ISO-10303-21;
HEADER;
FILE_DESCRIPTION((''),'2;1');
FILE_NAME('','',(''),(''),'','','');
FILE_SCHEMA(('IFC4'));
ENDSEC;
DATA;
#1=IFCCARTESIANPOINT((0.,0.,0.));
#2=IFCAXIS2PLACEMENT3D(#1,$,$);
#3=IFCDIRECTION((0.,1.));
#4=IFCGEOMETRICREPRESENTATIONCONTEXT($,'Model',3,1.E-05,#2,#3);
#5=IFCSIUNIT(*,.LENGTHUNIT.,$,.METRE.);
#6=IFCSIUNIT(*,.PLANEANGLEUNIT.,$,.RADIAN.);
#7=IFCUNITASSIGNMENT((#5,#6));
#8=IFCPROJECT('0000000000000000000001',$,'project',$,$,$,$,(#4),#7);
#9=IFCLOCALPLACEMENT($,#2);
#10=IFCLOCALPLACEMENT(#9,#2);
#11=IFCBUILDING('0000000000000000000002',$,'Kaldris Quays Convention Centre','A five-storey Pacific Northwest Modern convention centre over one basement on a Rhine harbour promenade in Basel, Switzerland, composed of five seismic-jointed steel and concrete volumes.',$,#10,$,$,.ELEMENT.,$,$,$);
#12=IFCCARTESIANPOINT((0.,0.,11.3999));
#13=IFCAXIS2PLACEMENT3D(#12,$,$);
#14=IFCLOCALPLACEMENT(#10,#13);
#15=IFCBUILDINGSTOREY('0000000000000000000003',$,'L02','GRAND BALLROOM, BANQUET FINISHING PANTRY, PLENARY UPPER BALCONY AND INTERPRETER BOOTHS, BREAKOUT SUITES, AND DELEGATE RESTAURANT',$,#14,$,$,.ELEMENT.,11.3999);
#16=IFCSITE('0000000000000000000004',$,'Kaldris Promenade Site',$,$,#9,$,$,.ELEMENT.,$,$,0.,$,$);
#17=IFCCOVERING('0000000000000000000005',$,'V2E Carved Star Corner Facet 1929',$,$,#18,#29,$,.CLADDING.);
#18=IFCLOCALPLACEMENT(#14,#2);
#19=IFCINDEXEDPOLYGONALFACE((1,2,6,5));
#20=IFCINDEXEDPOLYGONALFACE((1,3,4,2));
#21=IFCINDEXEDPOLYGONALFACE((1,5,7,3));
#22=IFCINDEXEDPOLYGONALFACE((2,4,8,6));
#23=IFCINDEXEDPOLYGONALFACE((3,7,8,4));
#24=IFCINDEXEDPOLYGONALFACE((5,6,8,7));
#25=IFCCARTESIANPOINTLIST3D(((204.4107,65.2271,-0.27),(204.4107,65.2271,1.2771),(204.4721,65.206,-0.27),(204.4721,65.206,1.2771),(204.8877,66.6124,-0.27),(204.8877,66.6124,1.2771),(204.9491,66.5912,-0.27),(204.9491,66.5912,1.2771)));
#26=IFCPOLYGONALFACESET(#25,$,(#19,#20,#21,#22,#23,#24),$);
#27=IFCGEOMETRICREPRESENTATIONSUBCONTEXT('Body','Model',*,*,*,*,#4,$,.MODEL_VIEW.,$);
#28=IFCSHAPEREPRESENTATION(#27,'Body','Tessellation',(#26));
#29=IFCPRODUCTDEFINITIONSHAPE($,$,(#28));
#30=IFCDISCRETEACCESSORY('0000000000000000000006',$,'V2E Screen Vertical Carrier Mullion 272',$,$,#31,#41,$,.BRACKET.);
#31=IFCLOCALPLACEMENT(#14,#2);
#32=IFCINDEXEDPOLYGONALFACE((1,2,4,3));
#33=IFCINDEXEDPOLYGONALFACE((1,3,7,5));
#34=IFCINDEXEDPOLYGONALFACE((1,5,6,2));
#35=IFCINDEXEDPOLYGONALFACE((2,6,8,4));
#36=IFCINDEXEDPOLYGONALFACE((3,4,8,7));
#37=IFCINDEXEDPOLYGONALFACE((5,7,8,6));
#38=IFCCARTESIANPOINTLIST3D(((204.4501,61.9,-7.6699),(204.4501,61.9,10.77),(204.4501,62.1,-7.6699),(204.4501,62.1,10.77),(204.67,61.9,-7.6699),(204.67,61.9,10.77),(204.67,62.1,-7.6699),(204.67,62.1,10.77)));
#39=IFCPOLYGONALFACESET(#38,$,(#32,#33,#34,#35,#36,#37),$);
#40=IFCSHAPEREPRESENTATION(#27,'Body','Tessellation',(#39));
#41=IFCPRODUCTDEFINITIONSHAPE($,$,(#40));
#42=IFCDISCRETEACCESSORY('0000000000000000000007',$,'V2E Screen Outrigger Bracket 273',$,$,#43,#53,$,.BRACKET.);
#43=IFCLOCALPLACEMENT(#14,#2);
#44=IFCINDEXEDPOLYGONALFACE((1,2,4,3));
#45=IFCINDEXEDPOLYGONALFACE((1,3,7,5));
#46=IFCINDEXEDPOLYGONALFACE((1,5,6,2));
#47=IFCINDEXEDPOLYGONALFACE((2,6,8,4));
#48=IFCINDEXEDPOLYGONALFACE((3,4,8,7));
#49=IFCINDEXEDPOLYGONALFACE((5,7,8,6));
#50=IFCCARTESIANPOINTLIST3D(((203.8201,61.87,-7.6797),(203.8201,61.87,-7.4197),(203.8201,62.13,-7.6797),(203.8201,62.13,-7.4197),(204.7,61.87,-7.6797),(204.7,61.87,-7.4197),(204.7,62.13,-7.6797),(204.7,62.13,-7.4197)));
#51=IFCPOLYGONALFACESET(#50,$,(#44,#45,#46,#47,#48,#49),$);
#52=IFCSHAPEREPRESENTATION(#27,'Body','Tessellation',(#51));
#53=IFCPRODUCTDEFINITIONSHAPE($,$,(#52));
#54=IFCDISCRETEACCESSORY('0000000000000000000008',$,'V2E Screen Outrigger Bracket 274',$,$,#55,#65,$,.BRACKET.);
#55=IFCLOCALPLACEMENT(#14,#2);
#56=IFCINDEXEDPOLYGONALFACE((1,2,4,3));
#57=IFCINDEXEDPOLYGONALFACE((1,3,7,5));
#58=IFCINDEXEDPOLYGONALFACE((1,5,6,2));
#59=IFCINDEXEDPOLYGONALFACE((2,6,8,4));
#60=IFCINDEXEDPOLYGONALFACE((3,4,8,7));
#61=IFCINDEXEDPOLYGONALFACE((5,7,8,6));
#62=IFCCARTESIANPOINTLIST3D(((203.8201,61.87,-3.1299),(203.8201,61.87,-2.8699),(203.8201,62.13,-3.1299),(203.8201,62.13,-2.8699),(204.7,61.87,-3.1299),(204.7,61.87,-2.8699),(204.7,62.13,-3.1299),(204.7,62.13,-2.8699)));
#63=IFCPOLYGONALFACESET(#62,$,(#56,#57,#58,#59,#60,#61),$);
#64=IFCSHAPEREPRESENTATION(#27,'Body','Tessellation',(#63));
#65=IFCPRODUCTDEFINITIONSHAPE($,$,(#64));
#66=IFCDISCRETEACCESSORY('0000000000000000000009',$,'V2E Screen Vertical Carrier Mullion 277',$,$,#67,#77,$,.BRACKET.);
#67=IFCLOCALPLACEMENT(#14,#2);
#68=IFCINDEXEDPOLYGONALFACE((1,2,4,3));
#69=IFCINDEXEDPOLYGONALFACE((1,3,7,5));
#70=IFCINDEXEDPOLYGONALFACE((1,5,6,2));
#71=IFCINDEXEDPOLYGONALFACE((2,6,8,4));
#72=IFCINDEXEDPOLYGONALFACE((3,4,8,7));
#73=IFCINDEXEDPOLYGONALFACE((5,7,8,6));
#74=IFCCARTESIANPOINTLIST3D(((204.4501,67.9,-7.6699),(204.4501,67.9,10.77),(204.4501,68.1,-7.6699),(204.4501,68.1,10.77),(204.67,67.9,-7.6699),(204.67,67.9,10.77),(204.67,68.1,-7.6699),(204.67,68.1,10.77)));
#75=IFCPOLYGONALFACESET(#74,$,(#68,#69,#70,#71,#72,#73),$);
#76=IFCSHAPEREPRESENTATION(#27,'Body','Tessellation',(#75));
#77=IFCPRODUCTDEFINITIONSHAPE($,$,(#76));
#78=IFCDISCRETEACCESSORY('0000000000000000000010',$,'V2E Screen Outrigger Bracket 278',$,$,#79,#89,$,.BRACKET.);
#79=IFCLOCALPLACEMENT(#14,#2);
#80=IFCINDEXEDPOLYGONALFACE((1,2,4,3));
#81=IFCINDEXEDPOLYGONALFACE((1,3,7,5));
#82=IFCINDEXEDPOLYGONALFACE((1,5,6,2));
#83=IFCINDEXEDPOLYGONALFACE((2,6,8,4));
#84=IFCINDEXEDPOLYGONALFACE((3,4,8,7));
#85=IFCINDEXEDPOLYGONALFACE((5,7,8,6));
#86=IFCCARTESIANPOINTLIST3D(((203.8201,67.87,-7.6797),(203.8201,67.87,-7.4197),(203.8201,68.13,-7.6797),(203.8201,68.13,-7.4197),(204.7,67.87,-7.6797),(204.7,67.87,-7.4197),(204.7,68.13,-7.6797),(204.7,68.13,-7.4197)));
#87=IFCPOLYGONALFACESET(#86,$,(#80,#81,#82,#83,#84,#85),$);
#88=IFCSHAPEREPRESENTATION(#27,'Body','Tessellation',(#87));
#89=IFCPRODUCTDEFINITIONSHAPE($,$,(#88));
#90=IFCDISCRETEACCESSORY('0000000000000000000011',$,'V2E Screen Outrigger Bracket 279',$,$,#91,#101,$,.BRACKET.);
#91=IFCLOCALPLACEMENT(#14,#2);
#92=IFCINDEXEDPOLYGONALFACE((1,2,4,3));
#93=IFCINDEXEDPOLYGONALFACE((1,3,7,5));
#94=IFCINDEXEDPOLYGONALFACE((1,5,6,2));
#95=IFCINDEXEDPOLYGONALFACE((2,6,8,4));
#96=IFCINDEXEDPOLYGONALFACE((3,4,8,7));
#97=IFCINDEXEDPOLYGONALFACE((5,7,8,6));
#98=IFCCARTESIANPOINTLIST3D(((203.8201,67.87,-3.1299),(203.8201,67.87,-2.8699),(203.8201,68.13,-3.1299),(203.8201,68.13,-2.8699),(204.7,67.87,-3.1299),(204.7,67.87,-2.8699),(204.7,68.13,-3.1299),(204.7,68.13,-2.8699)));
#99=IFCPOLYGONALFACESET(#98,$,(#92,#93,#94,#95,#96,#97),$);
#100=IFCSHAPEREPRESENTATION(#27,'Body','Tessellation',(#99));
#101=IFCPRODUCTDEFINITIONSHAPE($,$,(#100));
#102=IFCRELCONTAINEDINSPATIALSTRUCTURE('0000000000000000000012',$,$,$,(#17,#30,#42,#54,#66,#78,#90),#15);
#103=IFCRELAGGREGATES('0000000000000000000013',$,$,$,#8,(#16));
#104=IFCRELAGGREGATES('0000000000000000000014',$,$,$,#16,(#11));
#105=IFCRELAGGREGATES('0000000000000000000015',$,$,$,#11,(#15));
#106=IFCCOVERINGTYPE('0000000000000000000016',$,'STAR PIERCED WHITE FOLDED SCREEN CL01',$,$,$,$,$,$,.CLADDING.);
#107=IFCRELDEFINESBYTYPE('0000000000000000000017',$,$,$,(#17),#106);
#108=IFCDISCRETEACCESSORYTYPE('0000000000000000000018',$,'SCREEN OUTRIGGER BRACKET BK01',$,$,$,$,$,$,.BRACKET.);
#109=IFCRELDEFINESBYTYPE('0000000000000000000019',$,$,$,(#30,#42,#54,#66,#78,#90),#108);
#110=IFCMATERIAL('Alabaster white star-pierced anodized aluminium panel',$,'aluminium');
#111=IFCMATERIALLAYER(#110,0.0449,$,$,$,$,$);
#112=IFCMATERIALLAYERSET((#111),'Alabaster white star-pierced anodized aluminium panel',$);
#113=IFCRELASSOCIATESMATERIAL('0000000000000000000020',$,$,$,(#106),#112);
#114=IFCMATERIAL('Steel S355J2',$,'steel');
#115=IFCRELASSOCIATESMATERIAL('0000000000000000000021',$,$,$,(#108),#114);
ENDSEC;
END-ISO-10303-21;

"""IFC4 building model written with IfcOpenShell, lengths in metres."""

from ifc_helpers import new_model, si_unit, direction, frame, origin, origin_2d, place, context, subcontext, project, spatial, rectangle, extrude, material, layer, layer_set, type_object, element, save


model = new_model("IFC4")

# Units and contexts
model_context = context("Model", 3, precision=1e-05, world=origin(), true_north=direction((0.0, 1.0)))
body_context = subcontext(model_context, "Body", "Model", "MODEL_VIEW")
ifc_project = project(units=[si_unit("LENGTHUNIT", "METRE"), si_unit("PLANEANGLEUNIT", "RADIAN")], contexts=[model_context])

# Site, building, storey
site_placement = place(None, origin())
site = spatial("IfcSite", under=ifc_project, at=site_placement, Name="Kaldris Promenade Site", CompositionType="ELEMENT", RefElevation=0.0)
building_placement = place(site_placement, origin())
building = spatial("IfcBuilding", under=site, at=building_placement, Name="Kaldris Quays Convention Centre", Description="A five-storey Pacific Northwest Modern convention centre over one basement on a Rhine harbour promenade in Basel, Switzerland, composed of five seismic-jointed steel and concrete volumes.", CompositionType="ELEMENT")
storey_placement = place(building_placement, frame((0.0, 0.0, 11.3999)))
storey = spatial("IfcBuildingStorey", under=building, at=storey_placement, Name="L02", Description="GRAND BALLROOM, BANQUET FINISHING PANTRY, PLENARY UPPER BALCONY AND INTERPRETER BOOTHS, BREAKOUT SUITES, AND DELEGATE RESTAURANT", CompositionType="ELEMENT", Elevation=11.3999)

# Shared definitions
ifc_material_1 = material(Name="Steel S355J2", Category="steel")

# Covering
ifc_material_2 = material(Name="Alabaster white star-pierced anodized aluminium panel", Category="aluminium")
ifc_layer = layer(ifc_material_2, 0.0449)
ifc_layer_set = layer_set([ifc_layer], Name="Alabaster white star-pierced anodized aluminium panel")
covering_type = type_object("IfcCoveringType", Name="STAR PIERCED WHITE FOLDED SCREEN CL01", PredefinedType="CLADDING", material=ifc_layer_set)
for number, where, z_axis, x_axis, name in (
    (1, (204.6799, 65.9092, -0.27), (0.0, 0.0, 1.0), (0.325568, 0.945519, 0.0), "V2E Carved Star Corner Facet 1929"),
):
    element("IfcCovering", number, at=place(storey_placement, frame(where, z_axis=z_axis, x_axis=x_axis)), inside=storey, type_object=covering_type, Name=name, PredefinedType="CLADDING", context=body_context, shape_type="SweptSolid", body=[
        extrude(rectangle(XDim=1.4651, YDim=0.0649, at=origin_2d()), origin(), (0.0, 0.0, 1.0), 1.5471),
    ])

# Discrete accessories
discrete_accessory_type = type_object("IfcDiscreteAccessoryType", Name="SCREEN OUTRIGGER BRACKET BK01", PredefinedType="BRACKET", material=ifc_material_1)
discrete_accessory_1_placement = place(storey_placement, frame((204.5601, 62.0, -7.6699), z_axis=(0.0, 0.0, 1.0), x_axis=(0.0, 1.0, 0.0)))
element("IfcDiscreteAccessory", 2, at=discrete_accessory_1_placement, inside=storey, type_object=discrete_accessory_type, Name="V2E Screen Vertical Carrier Mullion 272", PredefinedType="BRACKET", context=body_context, shape_type="SweptSolid", body=[
    extrude(rectangle(XDim=0.2, YDim=0.22, at=origin_2d()), origin(), (0.0, 0.0, 1.0), 18.4399),
])
for number, where, z_axis, x_axis, name in (
    (3, (204.26, 62.0, -7.6797), (0.0, 0.0, 1.0), (0.0, 1.0, 0.0), "V2E Screen Outrigger Bracket 273"),
    (4, (204.26, 62.0, -3.1299), (0.0, 0.0, 1.0), (0.0, 1.0, 0.0), "V2E Screen Outrigger Bracket 274"),
):
    element("IfcDiscreteAccessory", number, at=place(storey_placement, frame(where, z_axis=z_axis, x_axis=x_axis)), inside=storey, type_object=discrete_accessory_type, Name=name, PredefinedType="BRACKET", context=body_context, shape_type="SweptSolid", body=[
        extrude(rectangle(XDim=0.26, YDim=0.8799, at=origin_2d()), origin(), (0.0, 0.0, 1.0), 0.26),
    ])
discrete_accessory_2_placement = place(storey_placement, frame((204.5601, 68.0, -7.6699), z_axis=(0.0, 0.0, 1.0), x_axis=(0.0, 1.0, 0.0)))
element("IfcDiscreteAccessory", 5, at=discrete_accessory_2_placement, inside=storey, type_object=discrete_accessory_type, Name="V2E Screen Vertical Carrier Mullion 277", PredefinedType="BRACKET", context=body_context, shape_type="SweptSolid", body=[
    extrude(rectangle(XDim=0.2, YDim=0.22, at=origin_2d()), origin(), (0.0, 0.0, 1.0), 18.4399),
])
for number, where, z_axis, x_axis, name in (
    (6, (204.26, 68.0, -7.6797), (0.0, 0.0, 1.0), (0.0, 1.0, 0.0), "V2E Screen Outrigger Bracket 278"),
    (7, (204.26, 68.0, -3.1299), (0.0, 0.0, 1.0), (0.0, 1.0, 0.0), "V2E Screen Outrigger Bracket 279"),
):
    element("IfcDiscreteAccessory", number, at=place(storey_placement, frame(where, z_axis=z_axis, x_axis=x_axis)), inside=storey, type_object=discrete_accessory_type, Name=name, PredefinedType="BRACKET", context=body_context, shape_type="SweptSolid", body=[
        extrude(rectangle(XDim=0.26, YDim=0.8799, at=origin_2d()), origin(), (0.0, 0.0, 1.0), 0.26),
    ])

save(model, "model.ifc")
